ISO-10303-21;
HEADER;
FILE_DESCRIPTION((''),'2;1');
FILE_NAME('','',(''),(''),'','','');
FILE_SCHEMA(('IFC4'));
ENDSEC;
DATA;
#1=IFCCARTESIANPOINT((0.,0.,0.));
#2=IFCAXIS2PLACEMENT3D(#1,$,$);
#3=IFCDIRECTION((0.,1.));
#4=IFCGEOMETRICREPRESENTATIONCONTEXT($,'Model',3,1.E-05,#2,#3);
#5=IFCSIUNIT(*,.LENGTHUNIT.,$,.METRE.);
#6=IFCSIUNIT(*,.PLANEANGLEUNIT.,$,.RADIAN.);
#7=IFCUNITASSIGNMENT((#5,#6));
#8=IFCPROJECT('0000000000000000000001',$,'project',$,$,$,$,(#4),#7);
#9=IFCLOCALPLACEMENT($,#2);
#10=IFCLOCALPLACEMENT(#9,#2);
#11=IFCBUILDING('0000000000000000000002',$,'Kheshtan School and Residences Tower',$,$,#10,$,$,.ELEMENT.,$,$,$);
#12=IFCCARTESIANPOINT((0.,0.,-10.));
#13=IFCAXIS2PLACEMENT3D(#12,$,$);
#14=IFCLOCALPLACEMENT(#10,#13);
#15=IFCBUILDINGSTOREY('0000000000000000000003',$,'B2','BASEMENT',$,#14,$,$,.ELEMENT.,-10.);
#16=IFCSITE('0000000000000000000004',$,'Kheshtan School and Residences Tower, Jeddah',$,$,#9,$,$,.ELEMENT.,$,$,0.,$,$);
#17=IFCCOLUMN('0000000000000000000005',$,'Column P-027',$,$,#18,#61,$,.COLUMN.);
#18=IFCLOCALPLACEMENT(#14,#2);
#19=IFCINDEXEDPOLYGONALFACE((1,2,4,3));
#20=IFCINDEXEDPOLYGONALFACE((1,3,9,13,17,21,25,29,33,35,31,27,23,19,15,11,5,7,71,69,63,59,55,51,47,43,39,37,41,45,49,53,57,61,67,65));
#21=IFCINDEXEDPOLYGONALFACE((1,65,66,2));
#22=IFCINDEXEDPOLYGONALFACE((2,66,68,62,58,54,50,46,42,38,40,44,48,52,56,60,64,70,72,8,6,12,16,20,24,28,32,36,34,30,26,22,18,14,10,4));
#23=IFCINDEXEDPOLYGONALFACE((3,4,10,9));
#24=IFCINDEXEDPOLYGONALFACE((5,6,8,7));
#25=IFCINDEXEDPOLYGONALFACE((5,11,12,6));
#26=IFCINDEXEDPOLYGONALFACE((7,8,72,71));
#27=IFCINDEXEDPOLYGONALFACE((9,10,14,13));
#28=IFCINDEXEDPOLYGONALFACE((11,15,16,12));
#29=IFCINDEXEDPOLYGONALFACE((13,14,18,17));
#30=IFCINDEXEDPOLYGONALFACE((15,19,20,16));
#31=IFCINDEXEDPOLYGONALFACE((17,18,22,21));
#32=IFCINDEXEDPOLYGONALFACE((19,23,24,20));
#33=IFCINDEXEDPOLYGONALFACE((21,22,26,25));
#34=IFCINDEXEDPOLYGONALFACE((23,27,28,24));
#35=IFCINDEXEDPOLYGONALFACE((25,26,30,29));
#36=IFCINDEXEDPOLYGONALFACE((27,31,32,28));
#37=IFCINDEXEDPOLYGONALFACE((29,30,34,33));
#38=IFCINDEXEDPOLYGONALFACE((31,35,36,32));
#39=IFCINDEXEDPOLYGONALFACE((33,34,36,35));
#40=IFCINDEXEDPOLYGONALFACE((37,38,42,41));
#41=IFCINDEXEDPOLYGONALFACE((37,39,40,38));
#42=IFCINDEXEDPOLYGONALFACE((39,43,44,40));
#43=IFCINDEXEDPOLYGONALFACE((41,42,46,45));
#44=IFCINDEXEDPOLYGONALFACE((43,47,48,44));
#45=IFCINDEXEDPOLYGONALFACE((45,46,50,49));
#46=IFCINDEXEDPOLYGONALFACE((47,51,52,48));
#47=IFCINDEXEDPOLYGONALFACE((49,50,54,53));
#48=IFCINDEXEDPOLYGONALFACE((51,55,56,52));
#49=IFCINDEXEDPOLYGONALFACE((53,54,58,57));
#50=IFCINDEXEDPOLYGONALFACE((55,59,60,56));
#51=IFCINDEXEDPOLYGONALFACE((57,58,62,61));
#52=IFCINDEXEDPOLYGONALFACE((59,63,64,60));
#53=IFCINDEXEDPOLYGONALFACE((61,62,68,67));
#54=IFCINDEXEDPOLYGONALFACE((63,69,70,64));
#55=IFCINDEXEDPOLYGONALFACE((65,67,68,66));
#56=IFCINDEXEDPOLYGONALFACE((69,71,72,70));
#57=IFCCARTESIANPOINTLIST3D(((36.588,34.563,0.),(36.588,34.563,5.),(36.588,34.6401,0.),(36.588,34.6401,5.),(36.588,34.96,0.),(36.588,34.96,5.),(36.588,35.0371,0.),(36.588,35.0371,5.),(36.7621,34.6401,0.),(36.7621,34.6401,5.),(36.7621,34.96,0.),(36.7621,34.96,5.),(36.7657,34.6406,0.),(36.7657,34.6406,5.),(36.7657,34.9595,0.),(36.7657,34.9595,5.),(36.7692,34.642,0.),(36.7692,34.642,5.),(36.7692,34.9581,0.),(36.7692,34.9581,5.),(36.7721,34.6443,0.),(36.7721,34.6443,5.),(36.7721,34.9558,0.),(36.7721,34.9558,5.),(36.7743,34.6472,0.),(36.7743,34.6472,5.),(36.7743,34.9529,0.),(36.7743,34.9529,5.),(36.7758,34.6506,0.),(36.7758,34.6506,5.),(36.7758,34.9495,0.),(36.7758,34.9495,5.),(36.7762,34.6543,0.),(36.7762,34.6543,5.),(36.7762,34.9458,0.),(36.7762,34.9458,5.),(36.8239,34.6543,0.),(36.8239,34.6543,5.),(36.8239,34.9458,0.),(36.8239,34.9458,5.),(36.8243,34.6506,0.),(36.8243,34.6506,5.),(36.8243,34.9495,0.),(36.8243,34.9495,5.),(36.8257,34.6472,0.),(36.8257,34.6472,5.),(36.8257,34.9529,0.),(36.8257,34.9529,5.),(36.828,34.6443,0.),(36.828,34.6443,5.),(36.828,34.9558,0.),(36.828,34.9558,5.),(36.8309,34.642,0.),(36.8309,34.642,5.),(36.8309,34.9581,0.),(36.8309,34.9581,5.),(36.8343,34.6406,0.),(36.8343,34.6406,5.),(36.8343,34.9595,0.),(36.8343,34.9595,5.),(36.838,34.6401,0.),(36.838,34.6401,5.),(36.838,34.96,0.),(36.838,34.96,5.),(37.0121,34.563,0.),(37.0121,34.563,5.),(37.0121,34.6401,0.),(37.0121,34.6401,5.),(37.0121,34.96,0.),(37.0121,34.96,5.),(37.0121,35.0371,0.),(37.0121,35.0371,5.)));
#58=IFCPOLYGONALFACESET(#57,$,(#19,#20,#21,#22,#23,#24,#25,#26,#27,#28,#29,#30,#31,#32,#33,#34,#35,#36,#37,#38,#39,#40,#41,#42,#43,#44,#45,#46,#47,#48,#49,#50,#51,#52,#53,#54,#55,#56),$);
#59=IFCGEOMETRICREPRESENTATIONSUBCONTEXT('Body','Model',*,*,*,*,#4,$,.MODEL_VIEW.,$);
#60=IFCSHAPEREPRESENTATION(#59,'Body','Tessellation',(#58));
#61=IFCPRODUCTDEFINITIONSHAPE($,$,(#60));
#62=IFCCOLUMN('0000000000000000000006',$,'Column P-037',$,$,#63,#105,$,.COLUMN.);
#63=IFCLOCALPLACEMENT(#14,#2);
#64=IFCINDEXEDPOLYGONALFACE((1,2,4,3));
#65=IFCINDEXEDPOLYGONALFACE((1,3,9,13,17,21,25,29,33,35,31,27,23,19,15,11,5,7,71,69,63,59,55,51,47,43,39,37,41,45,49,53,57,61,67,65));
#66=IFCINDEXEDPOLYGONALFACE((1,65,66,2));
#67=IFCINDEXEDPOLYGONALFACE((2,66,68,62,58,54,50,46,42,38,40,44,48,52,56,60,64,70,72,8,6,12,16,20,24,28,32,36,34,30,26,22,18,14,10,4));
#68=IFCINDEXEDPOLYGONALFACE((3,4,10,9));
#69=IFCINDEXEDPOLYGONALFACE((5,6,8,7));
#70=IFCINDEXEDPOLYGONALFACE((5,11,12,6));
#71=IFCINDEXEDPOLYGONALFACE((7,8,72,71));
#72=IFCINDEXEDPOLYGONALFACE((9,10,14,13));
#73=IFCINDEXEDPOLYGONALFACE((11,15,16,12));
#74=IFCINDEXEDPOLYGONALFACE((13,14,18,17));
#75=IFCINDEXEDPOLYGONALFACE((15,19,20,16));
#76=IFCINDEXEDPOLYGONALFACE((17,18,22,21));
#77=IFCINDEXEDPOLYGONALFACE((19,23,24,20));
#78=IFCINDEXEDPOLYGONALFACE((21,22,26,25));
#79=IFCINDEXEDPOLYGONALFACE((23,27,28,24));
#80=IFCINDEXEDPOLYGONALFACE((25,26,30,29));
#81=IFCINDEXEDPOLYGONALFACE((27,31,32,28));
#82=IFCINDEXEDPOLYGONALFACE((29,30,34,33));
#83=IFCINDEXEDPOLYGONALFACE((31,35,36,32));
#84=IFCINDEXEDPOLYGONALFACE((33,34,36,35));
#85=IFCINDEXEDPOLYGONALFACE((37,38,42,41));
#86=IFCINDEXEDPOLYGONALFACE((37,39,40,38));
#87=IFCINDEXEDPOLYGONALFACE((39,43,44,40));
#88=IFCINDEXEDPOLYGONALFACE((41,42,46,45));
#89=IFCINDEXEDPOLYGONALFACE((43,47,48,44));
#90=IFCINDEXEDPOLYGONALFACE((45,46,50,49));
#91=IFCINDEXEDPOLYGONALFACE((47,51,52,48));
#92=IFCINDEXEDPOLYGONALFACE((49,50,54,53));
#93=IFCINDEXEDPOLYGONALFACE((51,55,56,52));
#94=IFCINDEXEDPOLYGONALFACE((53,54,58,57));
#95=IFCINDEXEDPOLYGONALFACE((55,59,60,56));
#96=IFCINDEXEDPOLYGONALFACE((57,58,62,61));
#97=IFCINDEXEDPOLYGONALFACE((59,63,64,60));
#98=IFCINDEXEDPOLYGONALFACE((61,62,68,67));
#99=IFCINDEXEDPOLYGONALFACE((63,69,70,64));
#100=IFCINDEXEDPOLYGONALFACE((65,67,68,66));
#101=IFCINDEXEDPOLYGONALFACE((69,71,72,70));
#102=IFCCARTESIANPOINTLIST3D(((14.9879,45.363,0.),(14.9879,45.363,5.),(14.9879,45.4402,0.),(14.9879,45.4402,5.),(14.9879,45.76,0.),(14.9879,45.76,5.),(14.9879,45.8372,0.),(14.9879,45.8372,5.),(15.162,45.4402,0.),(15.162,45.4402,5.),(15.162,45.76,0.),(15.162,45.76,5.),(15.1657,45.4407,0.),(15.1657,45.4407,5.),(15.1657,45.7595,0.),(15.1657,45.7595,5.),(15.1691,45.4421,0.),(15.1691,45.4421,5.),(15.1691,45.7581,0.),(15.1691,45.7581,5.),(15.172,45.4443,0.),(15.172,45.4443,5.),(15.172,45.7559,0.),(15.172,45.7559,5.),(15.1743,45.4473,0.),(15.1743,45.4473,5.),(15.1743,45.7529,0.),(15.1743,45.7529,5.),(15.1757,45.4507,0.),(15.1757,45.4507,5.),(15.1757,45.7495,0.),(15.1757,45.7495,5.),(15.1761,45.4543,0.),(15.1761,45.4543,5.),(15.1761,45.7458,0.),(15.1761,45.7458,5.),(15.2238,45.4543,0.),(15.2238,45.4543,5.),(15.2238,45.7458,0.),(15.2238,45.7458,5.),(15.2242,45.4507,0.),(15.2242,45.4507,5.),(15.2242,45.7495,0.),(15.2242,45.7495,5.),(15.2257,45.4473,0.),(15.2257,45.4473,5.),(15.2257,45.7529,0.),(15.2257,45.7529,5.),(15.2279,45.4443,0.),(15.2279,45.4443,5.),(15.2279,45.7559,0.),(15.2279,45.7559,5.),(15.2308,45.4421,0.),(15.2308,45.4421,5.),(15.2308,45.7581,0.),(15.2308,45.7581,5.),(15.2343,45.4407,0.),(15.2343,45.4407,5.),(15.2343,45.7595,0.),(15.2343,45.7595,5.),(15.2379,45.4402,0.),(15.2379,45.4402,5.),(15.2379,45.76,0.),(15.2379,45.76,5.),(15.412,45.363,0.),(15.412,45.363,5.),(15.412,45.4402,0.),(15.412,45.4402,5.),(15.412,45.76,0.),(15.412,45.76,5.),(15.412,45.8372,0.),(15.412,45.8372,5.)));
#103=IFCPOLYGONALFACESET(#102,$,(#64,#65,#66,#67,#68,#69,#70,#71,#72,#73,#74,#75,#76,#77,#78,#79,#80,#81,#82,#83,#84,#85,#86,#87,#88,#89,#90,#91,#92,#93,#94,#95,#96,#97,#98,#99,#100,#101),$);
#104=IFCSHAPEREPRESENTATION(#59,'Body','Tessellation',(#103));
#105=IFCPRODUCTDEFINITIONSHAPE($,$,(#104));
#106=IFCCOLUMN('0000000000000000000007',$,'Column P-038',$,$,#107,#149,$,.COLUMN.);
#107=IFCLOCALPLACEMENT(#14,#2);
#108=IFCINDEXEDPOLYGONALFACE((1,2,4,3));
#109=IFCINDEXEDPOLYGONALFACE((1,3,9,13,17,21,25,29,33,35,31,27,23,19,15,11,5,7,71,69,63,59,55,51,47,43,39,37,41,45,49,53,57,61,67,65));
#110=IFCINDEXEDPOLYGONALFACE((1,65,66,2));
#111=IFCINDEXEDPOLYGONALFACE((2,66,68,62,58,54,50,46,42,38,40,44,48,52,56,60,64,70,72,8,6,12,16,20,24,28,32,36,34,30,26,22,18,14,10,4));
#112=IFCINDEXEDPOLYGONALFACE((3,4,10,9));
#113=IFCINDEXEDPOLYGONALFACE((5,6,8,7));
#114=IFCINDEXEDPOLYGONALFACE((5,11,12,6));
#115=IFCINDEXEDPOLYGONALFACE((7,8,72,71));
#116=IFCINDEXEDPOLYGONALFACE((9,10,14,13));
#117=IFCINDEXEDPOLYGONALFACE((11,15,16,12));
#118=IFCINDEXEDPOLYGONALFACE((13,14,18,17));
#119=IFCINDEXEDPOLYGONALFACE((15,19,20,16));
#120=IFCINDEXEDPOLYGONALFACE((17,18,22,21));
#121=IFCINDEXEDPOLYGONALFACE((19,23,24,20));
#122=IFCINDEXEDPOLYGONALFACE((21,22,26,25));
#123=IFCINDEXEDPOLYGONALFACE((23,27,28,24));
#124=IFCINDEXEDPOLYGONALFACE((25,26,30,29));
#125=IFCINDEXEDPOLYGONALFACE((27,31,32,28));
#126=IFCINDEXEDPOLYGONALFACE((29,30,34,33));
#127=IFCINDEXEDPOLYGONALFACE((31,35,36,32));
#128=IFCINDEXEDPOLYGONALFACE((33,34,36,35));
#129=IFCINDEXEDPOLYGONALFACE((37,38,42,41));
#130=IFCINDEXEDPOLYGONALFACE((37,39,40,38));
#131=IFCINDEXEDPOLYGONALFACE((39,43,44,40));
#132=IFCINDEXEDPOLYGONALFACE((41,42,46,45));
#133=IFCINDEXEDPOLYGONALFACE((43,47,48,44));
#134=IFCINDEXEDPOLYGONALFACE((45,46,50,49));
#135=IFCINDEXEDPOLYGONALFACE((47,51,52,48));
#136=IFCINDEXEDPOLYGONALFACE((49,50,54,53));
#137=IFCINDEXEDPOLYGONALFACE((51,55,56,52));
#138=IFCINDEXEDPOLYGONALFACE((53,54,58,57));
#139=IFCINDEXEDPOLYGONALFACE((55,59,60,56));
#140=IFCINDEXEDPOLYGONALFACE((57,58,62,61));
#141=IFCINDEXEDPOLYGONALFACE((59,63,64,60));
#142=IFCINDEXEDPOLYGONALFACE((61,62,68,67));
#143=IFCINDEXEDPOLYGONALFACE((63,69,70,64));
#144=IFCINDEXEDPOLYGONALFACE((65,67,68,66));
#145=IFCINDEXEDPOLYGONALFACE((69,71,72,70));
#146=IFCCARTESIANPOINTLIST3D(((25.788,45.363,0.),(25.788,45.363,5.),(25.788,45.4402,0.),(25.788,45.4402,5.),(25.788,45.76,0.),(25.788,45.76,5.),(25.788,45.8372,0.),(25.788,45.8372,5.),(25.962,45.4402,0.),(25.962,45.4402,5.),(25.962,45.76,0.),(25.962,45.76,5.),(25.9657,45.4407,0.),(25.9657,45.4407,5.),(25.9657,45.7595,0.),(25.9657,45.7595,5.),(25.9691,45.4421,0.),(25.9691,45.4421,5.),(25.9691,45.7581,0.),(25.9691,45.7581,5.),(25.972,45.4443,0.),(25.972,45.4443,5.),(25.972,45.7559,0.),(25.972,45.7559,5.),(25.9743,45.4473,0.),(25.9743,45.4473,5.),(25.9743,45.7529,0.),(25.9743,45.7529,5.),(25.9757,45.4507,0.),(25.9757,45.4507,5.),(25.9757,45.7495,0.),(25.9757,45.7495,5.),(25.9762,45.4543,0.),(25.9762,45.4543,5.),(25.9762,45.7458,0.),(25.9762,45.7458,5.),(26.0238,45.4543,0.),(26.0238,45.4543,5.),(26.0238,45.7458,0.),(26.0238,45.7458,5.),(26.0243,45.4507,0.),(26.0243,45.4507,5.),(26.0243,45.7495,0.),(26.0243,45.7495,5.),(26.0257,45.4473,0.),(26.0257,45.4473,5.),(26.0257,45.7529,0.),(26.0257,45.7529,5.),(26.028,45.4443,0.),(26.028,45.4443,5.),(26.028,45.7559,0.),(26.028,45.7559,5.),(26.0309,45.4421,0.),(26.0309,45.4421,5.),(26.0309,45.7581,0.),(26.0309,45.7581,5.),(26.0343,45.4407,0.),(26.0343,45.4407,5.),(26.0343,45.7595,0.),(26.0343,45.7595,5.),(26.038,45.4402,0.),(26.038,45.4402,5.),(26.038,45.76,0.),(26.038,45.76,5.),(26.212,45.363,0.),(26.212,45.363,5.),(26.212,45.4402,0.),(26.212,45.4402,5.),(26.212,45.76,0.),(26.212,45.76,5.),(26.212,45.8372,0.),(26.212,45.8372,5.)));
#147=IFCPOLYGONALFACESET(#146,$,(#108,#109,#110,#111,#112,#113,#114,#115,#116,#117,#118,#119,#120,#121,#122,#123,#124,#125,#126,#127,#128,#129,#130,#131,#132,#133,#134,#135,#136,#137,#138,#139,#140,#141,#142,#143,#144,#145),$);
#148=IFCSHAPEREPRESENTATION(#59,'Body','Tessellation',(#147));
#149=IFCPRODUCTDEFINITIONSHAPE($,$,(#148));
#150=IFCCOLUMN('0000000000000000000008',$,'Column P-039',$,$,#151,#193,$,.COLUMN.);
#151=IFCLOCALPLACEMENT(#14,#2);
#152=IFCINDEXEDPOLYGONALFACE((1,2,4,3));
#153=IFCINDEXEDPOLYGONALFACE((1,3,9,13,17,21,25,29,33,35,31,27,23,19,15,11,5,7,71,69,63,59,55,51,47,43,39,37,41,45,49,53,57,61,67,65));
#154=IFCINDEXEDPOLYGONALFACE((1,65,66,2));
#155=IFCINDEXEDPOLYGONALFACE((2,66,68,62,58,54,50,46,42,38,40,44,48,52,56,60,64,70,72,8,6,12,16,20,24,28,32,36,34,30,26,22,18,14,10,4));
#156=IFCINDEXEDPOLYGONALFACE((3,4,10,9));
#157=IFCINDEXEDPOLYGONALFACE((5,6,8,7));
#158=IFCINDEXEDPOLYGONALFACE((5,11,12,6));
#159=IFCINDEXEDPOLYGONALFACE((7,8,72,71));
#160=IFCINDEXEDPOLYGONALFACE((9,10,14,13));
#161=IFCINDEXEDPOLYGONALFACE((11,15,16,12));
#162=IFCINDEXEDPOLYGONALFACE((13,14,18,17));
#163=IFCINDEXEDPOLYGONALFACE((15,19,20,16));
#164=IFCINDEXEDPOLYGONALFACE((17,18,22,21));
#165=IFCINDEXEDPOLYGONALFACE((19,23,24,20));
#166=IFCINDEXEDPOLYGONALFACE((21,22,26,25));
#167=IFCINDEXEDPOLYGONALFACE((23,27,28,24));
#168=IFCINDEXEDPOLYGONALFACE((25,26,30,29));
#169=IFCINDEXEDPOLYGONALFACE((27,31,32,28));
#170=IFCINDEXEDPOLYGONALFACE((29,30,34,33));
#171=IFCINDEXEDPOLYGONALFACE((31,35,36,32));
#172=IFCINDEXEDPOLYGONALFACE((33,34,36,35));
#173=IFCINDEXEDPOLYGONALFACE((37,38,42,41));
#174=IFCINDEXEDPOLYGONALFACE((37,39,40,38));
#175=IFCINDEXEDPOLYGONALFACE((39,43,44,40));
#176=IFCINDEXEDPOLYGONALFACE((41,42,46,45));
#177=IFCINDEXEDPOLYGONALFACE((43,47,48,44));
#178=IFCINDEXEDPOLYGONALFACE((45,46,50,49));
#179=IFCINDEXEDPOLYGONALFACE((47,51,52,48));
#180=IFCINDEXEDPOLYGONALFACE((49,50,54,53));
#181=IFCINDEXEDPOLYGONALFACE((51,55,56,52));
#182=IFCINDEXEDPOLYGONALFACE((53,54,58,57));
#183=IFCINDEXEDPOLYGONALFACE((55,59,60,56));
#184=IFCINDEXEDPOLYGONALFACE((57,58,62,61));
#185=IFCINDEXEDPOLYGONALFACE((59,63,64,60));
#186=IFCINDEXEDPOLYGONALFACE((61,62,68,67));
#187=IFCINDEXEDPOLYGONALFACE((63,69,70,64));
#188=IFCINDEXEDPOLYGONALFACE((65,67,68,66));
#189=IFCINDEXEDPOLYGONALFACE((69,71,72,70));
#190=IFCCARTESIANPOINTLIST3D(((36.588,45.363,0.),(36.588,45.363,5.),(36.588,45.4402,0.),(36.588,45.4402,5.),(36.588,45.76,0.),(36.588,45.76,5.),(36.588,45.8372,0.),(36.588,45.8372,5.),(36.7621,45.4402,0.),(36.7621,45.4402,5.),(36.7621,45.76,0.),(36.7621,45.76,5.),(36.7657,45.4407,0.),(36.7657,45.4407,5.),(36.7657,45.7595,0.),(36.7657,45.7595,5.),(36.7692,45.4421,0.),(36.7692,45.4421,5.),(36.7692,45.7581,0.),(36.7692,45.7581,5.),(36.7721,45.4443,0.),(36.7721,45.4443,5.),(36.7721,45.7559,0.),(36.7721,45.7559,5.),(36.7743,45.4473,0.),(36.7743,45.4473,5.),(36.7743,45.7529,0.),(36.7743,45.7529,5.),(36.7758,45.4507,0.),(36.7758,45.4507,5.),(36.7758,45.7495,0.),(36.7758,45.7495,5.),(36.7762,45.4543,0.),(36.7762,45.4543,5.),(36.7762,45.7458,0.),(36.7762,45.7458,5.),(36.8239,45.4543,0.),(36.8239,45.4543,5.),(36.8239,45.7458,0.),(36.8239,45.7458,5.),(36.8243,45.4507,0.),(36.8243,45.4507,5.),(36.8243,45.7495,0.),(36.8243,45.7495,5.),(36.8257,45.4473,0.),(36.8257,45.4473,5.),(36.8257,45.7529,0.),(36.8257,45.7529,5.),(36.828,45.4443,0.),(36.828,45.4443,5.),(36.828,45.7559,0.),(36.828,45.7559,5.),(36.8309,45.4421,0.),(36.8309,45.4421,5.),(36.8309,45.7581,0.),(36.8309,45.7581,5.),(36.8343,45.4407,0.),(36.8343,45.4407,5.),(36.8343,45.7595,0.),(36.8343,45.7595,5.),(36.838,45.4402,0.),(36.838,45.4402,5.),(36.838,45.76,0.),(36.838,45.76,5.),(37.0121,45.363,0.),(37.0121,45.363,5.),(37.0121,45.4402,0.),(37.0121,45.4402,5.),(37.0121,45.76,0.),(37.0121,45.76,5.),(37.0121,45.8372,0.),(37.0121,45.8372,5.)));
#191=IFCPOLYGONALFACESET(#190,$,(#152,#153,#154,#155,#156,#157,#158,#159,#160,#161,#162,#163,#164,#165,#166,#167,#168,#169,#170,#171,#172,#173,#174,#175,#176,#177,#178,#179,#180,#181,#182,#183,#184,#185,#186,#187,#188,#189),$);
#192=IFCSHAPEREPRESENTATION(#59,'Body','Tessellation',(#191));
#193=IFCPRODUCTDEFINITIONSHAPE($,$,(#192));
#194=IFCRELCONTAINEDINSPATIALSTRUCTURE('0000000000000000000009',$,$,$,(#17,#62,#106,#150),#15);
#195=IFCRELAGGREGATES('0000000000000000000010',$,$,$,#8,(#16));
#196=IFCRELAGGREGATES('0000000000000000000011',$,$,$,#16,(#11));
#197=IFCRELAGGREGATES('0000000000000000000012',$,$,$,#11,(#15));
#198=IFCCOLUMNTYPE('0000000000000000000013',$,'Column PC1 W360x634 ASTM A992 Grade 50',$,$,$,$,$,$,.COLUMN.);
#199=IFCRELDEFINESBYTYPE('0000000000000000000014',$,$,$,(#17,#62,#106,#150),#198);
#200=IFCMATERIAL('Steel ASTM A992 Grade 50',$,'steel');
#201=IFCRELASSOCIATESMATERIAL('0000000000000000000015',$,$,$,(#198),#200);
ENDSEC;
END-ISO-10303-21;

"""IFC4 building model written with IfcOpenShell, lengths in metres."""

from ifc_helpers import new_model, si_unit, direction, frame, origin, origin_2d, place, context, subcontext, project, spatial, i_section, extrude, material, material_profile, profile_set, type_object, element, save


model = new_model("IFC4")

# Units and contexts
model_context = context("Model", 3, precision=1e-05, world=origin(), true_north=direction((0.0, 1.0)))
body_context = subcontext(model_context, "Body", "Model", "MODEL_VIEW")
ifc_project = project(units=[si_unit("LENGTHUNIT", "METRE"), si_unit("PLANEANGLEUNIT", "RADIAN")], contexts=[model_context])

# Site, building, storey
site_placement = place(None, origin())
site = spatial("IfcSite", under=ifc_project, at=site_placement, Name="Kheshtan School and Residences Tower, Jeddah", CompositionType="ELEMENT", RefElevation=0.0)
building_placement = place(site_placement, origin())
building = spatial("IfcBuilding", under=site, at=building_placement, Name="Kheshtan School and Residences Tower", CompositionType="ELEMENT")
storey_placement = place(building_placement, frame((0.0, 0.0, -10.0)))
storey = spatial("IfcBuildingStorey", under=building, at=storey_placement, Name="B2", Description="BASEMENT", CompositionType="ELEMENT", Elevation=-10.0)

# Columns
ifc_material_1 = material(Name="Steel ASTM A992 Grade 50", Category="steel")
ifc_material_profile_1 = material_profile(ifc_material_1, i_section(OverallWidth=0.4241, OverallDepth=0.4741, WebThickness=0.0476, FlangeThickness=0.0771, FilletRadius=0.0142, at=origin_2d()), Name="W360x634")
ifc_profile_set_1 = profile_set([ifc_material_profile_1], Name="Steel ASTM A992 Grade 50")
column_type = type_object("IfcColumnType", Name="Column PC1 W360x634 ASTM A992 Grade 50", PredefinedType="COLUMN", material=ifc_profile_set_1)
for number, where, z_axis, x_axis, name in (
    (1, (36.8, 34.8, 0.0), (0.0, 0.0, 1.0), (1.0, 0.0, 0.0), "Column P-027"),
    (2, (15.2, 45.6001, 0.0), (0.0, 0.0, 1.0), (1.0, 0.0, 0.0), "Column P-037"),
    (3, (26.0, 45.6001, 0.0), (0.0, 0.0, 1.0), (1.0, 0.0, 0.0), "Column P-038"),
    (4, (36.8, 45.6001, 0.0), (0.0, 0.0, 1.0), (1.0, 0.0, 0.0), "Column P-039"),
):
    element("IfcColumn", number, at=place(storey_placement, frame(where, z_axis=z_axis, x_axis=x_axis)), inside=storey, type_object=column_type, Name=name, PredefinedType="COLUMN", context=body_context, shape_type="SweptSolid", body=[
        extrude(i_section(OverallWidth=0.4241, OverallDepth=0.4741, WebThickness=0.0476, FlangeThickness=0.0771, FilletRadius=0.0142, at=origin_2d()), origin(), (0.0, 0.0, 1.0), 5.0),
    ])

save(model, "model.ifc")
